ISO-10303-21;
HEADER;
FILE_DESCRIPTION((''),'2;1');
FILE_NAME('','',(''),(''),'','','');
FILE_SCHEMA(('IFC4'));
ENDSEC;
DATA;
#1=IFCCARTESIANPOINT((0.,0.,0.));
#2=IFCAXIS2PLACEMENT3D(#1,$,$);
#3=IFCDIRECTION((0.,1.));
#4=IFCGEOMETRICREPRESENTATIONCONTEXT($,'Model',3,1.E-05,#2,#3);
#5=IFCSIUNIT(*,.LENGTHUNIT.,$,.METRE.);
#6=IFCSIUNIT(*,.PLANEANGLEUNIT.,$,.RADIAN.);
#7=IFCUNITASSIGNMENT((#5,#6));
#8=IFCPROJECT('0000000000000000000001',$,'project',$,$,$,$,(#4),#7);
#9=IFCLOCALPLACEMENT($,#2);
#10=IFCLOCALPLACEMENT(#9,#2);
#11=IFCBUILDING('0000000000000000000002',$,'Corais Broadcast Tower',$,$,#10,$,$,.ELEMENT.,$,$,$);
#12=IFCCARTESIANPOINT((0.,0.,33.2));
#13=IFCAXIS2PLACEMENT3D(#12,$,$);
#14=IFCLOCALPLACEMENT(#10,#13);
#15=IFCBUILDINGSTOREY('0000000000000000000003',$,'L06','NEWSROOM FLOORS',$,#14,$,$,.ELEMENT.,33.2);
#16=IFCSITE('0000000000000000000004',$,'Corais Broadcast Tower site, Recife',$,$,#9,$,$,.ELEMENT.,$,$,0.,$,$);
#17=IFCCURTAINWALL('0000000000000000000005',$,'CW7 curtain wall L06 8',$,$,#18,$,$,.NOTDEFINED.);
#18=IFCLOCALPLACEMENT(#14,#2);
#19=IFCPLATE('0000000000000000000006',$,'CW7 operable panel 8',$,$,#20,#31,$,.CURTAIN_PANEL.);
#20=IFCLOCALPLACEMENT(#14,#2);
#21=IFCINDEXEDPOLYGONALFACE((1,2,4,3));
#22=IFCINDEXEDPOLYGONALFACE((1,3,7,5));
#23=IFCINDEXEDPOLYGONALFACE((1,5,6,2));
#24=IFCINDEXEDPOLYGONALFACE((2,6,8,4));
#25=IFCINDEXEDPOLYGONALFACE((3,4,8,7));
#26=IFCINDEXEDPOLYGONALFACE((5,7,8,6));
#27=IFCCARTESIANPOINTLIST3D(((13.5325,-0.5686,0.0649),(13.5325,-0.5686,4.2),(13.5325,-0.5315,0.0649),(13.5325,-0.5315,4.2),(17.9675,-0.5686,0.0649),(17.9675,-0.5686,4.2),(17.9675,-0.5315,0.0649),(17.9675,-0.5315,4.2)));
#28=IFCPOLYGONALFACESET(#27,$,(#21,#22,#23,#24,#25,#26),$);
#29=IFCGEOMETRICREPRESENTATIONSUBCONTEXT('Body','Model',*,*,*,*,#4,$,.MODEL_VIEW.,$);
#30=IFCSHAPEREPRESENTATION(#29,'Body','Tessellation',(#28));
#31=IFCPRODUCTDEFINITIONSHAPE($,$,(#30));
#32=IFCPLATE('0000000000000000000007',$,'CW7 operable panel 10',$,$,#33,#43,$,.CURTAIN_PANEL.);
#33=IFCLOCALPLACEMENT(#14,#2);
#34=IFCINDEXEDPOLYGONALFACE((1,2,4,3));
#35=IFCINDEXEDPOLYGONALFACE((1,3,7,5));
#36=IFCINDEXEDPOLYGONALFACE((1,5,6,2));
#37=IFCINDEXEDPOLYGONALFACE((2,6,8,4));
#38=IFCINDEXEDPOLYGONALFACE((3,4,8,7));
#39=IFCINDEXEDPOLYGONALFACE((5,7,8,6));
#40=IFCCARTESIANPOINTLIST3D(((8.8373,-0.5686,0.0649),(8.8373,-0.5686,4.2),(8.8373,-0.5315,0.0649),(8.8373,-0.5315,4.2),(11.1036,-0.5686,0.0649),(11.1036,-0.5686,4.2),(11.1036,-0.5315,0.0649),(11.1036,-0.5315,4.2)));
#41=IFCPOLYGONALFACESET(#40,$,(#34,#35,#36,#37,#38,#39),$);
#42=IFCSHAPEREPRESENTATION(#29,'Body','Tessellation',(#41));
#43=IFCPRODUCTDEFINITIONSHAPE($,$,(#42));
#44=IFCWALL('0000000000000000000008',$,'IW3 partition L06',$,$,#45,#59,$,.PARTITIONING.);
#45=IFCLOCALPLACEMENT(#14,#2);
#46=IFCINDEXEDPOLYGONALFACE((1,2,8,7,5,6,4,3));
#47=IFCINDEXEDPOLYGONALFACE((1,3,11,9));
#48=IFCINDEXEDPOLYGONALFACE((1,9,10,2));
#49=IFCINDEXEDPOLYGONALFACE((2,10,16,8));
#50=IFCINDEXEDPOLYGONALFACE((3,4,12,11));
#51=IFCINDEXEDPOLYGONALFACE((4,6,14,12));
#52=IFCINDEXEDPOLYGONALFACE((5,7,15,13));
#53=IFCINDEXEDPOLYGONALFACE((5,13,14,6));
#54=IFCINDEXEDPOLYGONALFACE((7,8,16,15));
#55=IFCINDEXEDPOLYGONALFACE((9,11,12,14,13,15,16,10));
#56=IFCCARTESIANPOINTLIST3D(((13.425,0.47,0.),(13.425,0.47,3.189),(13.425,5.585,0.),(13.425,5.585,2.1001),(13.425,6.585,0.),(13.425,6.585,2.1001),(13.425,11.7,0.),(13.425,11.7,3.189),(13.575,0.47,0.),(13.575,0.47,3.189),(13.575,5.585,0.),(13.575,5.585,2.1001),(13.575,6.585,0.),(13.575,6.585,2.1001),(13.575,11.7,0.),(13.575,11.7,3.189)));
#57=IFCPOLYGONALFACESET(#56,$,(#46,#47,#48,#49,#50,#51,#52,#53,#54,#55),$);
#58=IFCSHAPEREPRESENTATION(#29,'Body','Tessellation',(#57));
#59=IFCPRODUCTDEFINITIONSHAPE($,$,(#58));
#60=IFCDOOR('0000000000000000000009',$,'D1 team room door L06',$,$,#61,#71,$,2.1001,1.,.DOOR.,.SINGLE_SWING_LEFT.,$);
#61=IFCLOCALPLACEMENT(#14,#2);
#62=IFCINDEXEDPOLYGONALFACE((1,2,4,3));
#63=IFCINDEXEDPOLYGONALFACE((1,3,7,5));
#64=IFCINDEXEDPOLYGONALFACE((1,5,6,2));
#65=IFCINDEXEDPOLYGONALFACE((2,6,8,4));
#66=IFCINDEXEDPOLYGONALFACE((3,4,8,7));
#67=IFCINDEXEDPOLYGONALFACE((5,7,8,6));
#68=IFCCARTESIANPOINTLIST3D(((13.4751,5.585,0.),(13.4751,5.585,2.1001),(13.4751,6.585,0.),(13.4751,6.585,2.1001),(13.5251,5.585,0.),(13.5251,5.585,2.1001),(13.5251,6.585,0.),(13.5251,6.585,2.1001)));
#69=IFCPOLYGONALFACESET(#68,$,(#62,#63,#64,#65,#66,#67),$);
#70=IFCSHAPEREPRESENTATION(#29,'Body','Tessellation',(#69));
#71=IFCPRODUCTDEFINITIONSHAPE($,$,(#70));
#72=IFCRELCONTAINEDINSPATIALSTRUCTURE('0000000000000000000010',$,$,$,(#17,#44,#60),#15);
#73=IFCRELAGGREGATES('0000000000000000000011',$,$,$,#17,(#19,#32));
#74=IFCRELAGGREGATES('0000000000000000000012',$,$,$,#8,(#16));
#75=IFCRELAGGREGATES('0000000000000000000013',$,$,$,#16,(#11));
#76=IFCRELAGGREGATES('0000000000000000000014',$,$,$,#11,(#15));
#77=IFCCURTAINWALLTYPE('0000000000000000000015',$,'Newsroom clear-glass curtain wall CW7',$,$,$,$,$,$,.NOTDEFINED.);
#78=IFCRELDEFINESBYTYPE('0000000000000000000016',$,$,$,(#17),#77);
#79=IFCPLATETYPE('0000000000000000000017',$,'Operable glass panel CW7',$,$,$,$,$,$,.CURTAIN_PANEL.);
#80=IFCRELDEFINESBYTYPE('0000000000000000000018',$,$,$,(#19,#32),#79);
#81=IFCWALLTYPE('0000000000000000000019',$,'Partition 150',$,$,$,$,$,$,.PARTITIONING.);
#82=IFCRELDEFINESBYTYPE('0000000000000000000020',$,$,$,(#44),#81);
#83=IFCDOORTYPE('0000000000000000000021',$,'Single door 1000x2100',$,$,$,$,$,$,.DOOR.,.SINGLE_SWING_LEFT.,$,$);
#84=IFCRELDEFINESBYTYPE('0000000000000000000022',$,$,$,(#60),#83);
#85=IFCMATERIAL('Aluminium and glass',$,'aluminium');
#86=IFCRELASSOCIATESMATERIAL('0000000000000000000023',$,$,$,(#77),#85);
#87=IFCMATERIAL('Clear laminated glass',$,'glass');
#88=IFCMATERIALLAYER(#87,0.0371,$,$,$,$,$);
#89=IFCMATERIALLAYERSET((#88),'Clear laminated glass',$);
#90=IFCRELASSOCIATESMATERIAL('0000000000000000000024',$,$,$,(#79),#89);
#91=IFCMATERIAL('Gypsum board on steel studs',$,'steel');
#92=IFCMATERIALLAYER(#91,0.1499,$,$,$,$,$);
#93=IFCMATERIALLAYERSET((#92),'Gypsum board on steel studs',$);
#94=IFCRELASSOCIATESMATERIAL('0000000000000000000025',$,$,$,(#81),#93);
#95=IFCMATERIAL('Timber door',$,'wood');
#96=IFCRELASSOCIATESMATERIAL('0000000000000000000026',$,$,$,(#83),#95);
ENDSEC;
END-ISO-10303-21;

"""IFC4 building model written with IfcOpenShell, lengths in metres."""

from ifc_helpers import new_model, si_unit, direction, frame, frame_2d, origin, origin_2d, place, context, subcontext, project, spatial, rectangle, extrude, material, layer, layer_set, type_object, element, fill, aggregate, save


model = new_model("IFC4")

# Units and contexts
model_context = context("Model", 3, precision=1e-05, world=origin(), true_north=direction((0.0, 1.0)))
body_context = subcontext(model_context, "Body", "Model", "MODEL_VIEW")
ifc_project = project(units=[si_unit("LENGTHUNIT", "METRE"), si_unit("PLANEANGLEUNIT", "RADIAN")], contexts=[model_context])

# Site, building, storey
site_placement = place(None, origin())
site = spatial("IfcSite", under=ifc_project, at=site_placement, Name="Corais Broadcast Tower site, Recife", CompositionType="ELEMENT", RefElevation=0.0)
building_placement = place(site_placement, origin())
building = spatial("IfcBuilding", under=site, at=building_placement, Name="Corais Broadcast Tower", CompositionType="ELEMENT")
storey_placement = place(building_placement, frame((0.0, 0.0, 33.2)))
storey = spatial("IfcBuildingStorey", under=building, at=storey_placement, Name="L06", Description="NEWSROOM FLOORS", CompositionType="ELEMENT", Elevation=33.2)

# Curtain wall
ifc_material_1 = material(Name="Aluminium and glass", Category="aluminium")
curtain_wall_type = type_object("IfcCurtainWallType", Name="Newsroom clear-glass curtain wall CW7", PredefinedType="NOTDEFINED", material=ifc_material_1)
curtain_wall_placement = place(storey_placement, origin())
curtain_wall = element("IfcCurtainWall", 1, at=curtain_wall_placement, inside=storey, type_object=curtain_wall_type, Name="CW7 curtain wall L06 8", PredefinedType="NOTDEFINED")

# Plates
ifc_material_2 = material(Name="Clear laminated glass", Category="glass")
ifc_layer_1 = layer(ifc_material_2, 0.0371)
ifc_layer_set_1 = layer_set([ifc_layer_1], Name="Clear laminated glass")
plate_type_1 = type_object("IfcPlateType", Name="Operable glass panel CW7", PredefinedType="CURTAIN_PANEL", material=ifc_layer_set_1)
plate_1_placement = place(storey_placement, frame((15.75, -0.55, 0.0649), z_axis=(0.0, 0.0, 1.0), x_axis=(-1.0, 0.0, 0.0)))
plate_1 = element("IfcPlate", 2, at=plate_1_placement, type_object=plate_type_1, Name="CW7 operable panel 8", PredefinedType="CURTAIN_PANEL", context=body_context, shape_type="SweptSolid", body=[
    extrude(rectangle(XDim=4.4351, YDim=0.0371, at=origin_2d()), origin(), (0.0, 0.0, 1.0), 4.135),
])
plate_2_placement = place(storey_placement, frame((9.9705, -0.55, 0.0649), z_axis=(0.0, 0.0, 1.0), x_axis=(-1.0, 0.0, 0.0)))
plate_2 = element("IfcPlate", 3, at=plate_2_placement, type_object=plate_type_1, Name="CW7 operable panel 10", PredefinedType="CURTAIN_PANEL", context=body_context, shape_type="SweptSolid", body=[
    extrude(rectangle(XDim=2.2664, YDim=0.0371, at=origin_2d()), origin(), (0.0, 0.0, 1.0), 4.135),
])
aggregate(curtain_wall, [plate_1, plate_2])

# Wall, opening, door
ifc_material_3 = material(Name="Gypsum board on steel studs", Category="steel")
ifc_layer_2 = layer(ifc_material_3, 0.1499)
ifc_layer_set_2 = layer_set([ifc_layer_2], Name="Gypsum board on steel studs")
wall_type = type_object("IfcWallType", Name="Partition 150", PredefinedType="PARTITIONING", material=ifc_layer_set_2)
wall_placement = place(storey_placement, frame((13.5, 0.47, 0.0), z_axis=(0.0, 0.0, 1.0), x_axis=(0.0, 1.0, 0.0)))
wall = element("IfcWall", 4, at=wall_placement, inside=storey, type_object=wall_type, Name="IW3 partition L06", PredefinedType="PARTITIONING", context=body_context, shape_type="SweptSolid", body=[
    extrude(rectangle(XDim=11.23, YDim=0.1499, at=frame_2d((5.615, 0.0))), origin(), (0.0, 0.0, 1.0), 3.189),
])
opening_placement = place(wall_placement, frame((5.115, 0.0, 0.0)))
opening = element("IfcOpeningElement", 5, at=opening_placement, cuts=wall, PredefinedType="OPENING", context=body_context, shape_type="SweptSolid", body=[
    extrude(rectangle(XDim=1.0, YDim=2.1001, at=frame_2d((0.5, 1.05))), frame((0.0, 0.085, 0.0), z_axis=(0.0, -1.0, 0.0), x_axis=(1.0, 0.0, 0.0)), (0.0, 0.0, 1.0), 0.1699),
])
ifc_material_4 = material(Name="Timber door", Category="wood")
door_type = type_object("IfcDoorType", Name="Single door 1000x2100", OperationType="SINGLE_SWING_LEFT", PredefinedType="DOOR", material=ifc_material_4)
door_placement = place(opening_placement, origin())
door = element("IfcDoor", 6, at=door_placement, inside=storey, type_object=door_type, Name="D1 team room door L06", OperationType="SINGLE_SWING_LEFT", OverallHeight=2.1001, OverallWidth=1.0, PredefinedType="DOOR", context=body_context, shape_type="SweptSolid", body=[
    extrude(rectangle(XDim=1.0, YDim=2.1001, at=frame_2d((0.5, 1.05))), frame((0.0, 0.0249, 0.0), z_axis=(0.0, -1.0, 0.0), x_axis=(1.0, 0.0, 0.0)), (0.0, 0.0, 1.0), 0.05),
])
fill(opening, door)

save(model, "model.ifc")
